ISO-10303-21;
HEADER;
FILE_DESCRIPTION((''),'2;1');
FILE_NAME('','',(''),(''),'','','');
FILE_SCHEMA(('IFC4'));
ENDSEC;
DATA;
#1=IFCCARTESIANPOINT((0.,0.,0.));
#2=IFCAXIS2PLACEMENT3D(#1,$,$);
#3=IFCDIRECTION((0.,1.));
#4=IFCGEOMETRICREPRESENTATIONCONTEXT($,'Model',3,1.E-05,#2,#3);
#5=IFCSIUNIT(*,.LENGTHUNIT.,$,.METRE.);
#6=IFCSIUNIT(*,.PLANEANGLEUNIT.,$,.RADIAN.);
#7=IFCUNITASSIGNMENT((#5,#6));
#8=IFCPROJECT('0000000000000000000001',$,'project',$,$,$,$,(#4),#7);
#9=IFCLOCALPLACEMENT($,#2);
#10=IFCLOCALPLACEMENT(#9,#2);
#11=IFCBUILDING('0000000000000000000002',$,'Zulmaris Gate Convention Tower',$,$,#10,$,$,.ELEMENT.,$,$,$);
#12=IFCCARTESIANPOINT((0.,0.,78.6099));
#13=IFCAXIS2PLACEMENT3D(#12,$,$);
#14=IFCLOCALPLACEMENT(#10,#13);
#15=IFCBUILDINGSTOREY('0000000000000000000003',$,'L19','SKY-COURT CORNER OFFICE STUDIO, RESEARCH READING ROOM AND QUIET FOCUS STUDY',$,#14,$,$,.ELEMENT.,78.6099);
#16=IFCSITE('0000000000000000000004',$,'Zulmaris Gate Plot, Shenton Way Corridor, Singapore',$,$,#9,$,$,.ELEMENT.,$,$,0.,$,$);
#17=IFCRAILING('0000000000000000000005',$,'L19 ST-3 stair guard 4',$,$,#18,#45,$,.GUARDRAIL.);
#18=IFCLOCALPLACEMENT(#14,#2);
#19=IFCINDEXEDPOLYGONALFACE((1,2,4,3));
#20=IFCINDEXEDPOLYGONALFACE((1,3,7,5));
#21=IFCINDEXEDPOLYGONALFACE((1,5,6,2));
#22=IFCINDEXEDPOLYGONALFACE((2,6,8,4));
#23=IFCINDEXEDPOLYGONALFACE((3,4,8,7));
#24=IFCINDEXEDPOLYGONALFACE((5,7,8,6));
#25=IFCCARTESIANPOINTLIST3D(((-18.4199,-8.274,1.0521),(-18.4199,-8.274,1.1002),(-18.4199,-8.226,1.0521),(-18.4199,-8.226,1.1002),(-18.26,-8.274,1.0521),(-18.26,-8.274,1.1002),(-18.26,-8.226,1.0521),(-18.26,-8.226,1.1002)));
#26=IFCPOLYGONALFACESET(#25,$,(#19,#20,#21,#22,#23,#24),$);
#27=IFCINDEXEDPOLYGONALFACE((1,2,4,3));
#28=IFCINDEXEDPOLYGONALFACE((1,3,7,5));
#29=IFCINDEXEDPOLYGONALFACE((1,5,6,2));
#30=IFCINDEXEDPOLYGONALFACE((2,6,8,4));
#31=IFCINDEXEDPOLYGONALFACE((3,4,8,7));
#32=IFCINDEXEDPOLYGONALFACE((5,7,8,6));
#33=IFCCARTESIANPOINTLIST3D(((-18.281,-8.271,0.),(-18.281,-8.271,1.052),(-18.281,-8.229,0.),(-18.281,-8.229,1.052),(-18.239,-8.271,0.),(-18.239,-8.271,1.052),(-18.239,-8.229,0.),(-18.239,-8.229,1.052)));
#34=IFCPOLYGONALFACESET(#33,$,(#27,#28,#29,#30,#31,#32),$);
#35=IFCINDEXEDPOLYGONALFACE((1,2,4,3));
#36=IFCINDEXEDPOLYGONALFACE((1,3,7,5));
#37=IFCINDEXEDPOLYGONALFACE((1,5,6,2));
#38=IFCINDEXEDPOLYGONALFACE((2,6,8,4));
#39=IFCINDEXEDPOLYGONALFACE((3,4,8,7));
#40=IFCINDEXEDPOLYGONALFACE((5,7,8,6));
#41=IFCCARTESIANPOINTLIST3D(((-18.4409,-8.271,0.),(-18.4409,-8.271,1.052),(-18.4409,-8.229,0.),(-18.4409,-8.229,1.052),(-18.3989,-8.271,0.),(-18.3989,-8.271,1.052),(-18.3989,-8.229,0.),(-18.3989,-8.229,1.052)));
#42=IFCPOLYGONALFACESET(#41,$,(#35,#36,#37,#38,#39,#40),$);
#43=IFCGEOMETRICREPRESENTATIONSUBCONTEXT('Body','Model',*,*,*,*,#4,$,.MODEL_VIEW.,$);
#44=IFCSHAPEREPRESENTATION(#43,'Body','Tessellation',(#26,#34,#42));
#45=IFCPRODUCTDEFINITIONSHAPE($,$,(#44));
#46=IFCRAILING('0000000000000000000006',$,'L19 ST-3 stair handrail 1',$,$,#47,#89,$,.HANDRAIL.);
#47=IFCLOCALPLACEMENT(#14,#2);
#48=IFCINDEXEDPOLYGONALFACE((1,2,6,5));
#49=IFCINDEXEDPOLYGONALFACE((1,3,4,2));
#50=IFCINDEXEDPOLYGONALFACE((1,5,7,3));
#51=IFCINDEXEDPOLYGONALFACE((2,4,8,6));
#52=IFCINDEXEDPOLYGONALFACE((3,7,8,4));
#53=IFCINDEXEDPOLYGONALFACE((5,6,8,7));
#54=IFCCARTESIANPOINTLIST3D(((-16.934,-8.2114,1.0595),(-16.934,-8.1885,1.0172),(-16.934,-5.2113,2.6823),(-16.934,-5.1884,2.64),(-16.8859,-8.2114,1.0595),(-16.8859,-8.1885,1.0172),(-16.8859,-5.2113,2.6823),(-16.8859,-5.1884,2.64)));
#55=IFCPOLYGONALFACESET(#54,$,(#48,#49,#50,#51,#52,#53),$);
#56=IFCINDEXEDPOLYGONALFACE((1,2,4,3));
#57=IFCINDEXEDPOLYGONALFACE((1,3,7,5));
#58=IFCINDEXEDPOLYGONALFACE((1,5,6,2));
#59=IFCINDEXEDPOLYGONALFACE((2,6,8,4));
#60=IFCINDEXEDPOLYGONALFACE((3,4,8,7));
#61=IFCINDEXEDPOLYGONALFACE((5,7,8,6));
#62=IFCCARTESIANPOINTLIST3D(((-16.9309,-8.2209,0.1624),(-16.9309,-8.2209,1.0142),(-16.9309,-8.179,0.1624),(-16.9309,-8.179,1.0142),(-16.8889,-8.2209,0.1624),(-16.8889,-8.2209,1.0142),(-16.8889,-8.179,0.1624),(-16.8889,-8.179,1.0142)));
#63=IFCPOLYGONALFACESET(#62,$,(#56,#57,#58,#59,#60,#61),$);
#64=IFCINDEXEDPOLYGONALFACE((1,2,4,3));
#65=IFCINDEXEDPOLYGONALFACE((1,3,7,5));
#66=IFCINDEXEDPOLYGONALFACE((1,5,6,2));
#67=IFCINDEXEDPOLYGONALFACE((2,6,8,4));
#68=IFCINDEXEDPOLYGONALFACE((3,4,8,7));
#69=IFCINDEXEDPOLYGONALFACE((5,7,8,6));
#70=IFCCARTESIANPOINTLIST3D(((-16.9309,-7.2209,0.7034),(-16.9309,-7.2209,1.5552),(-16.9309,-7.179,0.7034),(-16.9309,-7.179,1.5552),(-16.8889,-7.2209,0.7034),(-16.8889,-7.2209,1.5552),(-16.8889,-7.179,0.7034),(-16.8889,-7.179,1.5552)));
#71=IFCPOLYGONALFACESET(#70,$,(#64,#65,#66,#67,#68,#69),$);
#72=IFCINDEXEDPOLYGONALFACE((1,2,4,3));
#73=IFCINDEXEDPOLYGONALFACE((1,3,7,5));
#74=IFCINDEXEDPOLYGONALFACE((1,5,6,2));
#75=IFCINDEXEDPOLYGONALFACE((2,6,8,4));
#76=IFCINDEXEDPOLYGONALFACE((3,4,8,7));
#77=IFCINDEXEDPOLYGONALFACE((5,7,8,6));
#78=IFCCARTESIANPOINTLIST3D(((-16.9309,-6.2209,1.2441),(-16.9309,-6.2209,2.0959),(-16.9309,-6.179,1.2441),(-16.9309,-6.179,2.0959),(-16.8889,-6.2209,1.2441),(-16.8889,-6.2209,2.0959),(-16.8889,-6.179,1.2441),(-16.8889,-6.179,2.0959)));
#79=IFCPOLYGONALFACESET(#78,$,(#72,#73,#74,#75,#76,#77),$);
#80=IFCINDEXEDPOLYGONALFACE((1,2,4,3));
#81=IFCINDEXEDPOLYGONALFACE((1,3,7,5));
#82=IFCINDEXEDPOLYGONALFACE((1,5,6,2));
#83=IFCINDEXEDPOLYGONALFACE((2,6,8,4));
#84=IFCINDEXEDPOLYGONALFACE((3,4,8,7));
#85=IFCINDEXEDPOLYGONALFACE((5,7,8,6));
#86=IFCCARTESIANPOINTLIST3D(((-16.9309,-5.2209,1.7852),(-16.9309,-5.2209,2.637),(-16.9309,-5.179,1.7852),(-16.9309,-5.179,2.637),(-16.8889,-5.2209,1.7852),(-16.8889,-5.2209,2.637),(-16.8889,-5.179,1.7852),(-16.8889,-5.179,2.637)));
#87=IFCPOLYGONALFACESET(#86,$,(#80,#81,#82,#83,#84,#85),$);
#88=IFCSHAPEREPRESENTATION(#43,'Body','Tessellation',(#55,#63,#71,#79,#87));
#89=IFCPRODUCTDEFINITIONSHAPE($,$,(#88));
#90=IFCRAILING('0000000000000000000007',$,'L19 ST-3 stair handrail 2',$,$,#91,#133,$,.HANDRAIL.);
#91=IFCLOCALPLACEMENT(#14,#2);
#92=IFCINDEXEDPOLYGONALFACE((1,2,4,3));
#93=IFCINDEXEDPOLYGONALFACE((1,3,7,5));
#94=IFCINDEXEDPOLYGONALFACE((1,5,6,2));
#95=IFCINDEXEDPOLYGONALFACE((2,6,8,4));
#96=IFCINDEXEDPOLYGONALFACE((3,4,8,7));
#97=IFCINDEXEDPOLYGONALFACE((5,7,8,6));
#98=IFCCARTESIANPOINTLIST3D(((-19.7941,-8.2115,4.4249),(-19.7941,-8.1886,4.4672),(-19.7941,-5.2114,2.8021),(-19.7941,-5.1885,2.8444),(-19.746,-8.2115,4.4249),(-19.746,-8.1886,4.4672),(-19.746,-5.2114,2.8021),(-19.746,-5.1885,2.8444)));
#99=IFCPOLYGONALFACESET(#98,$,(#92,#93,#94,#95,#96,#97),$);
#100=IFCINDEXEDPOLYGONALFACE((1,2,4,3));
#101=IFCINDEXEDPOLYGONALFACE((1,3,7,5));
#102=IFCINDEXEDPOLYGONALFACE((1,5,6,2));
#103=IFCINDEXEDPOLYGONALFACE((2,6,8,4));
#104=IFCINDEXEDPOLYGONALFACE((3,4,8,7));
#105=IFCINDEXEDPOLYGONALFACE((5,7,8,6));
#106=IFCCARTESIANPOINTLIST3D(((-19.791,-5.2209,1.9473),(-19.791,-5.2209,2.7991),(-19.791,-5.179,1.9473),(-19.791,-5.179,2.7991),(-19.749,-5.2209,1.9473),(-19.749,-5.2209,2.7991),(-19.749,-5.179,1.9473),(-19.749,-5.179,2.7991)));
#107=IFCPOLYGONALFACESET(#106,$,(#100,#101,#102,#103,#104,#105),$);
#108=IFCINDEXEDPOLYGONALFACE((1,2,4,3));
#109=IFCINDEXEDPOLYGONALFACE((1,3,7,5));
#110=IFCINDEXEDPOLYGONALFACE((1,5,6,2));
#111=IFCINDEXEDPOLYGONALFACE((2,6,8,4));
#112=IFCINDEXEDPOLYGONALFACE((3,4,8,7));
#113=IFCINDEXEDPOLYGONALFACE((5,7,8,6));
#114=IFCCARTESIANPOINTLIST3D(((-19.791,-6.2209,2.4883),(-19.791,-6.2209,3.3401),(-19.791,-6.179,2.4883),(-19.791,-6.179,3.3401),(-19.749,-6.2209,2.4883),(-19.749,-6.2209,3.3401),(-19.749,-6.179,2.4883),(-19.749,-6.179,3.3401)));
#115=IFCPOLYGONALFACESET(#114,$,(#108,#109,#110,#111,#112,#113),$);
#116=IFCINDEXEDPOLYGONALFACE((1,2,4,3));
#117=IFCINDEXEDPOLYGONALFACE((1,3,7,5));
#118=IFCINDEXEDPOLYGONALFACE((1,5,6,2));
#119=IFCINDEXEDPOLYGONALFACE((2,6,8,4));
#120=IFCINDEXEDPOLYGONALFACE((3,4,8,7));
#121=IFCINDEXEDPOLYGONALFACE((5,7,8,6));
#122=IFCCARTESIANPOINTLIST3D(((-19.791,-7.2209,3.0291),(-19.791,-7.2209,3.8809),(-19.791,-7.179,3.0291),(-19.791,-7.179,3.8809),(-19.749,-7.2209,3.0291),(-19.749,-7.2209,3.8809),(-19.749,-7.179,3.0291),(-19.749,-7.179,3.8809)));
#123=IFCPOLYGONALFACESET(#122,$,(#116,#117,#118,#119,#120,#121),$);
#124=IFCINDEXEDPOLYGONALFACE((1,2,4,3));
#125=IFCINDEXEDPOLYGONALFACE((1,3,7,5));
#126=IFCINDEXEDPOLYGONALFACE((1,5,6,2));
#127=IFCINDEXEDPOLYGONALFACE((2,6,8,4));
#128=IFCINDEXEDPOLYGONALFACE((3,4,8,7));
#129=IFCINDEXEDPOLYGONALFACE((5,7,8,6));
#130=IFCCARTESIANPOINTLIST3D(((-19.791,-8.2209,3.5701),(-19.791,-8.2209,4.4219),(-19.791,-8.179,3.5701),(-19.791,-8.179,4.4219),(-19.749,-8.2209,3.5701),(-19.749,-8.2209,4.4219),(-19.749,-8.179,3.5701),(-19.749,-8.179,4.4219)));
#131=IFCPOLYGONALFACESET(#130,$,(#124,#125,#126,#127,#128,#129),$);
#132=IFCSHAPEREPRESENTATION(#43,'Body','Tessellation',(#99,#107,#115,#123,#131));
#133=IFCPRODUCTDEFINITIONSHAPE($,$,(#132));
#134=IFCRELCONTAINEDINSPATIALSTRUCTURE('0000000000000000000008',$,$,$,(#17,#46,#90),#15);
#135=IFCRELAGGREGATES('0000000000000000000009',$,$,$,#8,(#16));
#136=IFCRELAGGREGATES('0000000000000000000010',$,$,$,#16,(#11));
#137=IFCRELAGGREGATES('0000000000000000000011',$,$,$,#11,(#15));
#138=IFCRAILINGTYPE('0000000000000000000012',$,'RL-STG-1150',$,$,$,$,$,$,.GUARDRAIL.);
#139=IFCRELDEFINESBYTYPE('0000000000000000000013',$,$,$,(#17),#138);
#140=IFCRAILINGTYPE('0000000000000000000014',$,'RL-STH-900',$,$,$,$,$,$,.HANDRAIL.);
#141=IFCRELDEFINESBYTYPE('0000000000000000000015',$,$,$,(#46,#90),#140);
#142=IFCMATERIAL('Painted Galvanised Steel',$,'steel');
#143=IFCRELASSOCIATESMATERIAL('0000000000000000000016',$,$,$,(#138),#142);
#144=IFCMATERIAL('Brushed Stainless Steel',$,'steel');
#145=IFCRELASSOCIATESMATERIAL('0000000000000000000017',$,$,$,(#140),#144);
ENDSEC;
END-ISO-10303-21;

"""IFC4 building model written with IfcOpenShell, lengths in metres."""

from ifc_helpers import new_model, si_unit, direction, frame, origin, origin_2d, place, context, subcontext, project, spatial, rectangle, extrude, material, type_object, element, save


model = new_model("IFC4")

# Units and contexts
model_context = context("Model", 3, precision=1e-05, world=origin(), true_north=direction((0.0, 1.0)))
body_context = subcontext(model_context, "Body", "Model", "MODEL_VIEW")
ifc_project = project(units=[si_unit("LENGTHUNIT", "METRE"), si_unit("PLANEANGLEUNIT", "RADIAN")], contexts=[model_context])

# Site, building, storey
site_placement = place(None, origin())
site = spatial("IfcSite", under=ifc_project, at=site_placement, Name="Zulmaris Gate Plot, Shenton Way Corridor, Singapore", CompositionType="ELEMENT", RefElevation=0.0)
building_placement = place(site_placement, origin())
building = spatial("IfcBuilding", under=site, at=building_placement, Name="Zulmaris Gate Convention Tower", CompositionType="ELEMENT")
storey_placement = place(building_placement, frame((0.0, 0.0, 78.6099)))
storey = spatial("IfcBuildingStorey", under=building, at=storey_placement, Name="L19", Description="SKY-COURT CORNER OFFICE STUDIO, RESEARCH READING ROOM AND QUIET FOCUS STUDY", CompositionType="ELEMENT", Elevation=78.6099)

# Shared definitions
ifc_material_1 = material(Name="Brushed Stainless Steel", Category="steel")

# Railings
ifc_material_2 = material(Name="Painted Galvanised Steel", Category="steel")
railing_type_1 = type_object("IfcRailingType", Name="RL-STG-1150", PredefinedType="GUARDRAIL", material=ifc_material_2)
railing_1_placement = place(storey_placement, frame((-18.26, -8.25, 0.0)))
element("IfcRailing", 1, at=railing_1_placement, inside=storey, type_object=railing_type_1, Name="L19 ST-3 stair guard 4", PredefinedType="GUARDRAIL", context=body_context, shape_type="SweptSolid", body=[
    extrude(rectangle(XDim=0.0481, YDim=0.0481, at=origin_2d()), frame((0.0, 0.0, 1.0762), z_axis=(-1.0, 0.0, 0.0), x_axis=(0.0, -1.0, 0.0)), (0.0, 0.0, 1.0), 0.1599),
    extrude(rectangle(XDim=0.042, YDim=0.042, at=origin_2d()), origin(), (0.0, 0.0, 1.0), 1.052),
    extrude(rectangle(XDim=0.042, YDim=0.042, at=origin_2d()), frame((-0.1599, 0.0, 0.0)), (0.0, 0.0, 1.0), 1.052),
])
railing_type_2 = type_object("IfcRailingType", Name="RL-STH-900", PredefinedType="HANDRAIL", material=ifc_material_1)
railing_2_placement = place(storey_placement, frame((-16.9099, -8.2, 0.1624)))
element("IfcRailing", 2, at=railing_2_placement, inside=storey, type_object=railing_type_2, Name="L19 ST-3 stair handrail 1", PredefinedType="HANDRAIL", context=body_context, shape_type="SweptSolid", body=[
    extrude(rectangle(XDim=0.0481, YDim=0.0481, at=origin_2d()), frame((0.0, 0.0, 0.876), z_axis=(0.0, 0.879562, 0.475785), x_axis=(-1.0, 0.0, 0.0)), (0.0, 0.0, 1.0), 3.4109),
    extrude(rectangle(XDim=0.042, YDim=0.042, at=origin_2d()), origin(), (0.0, 0.0, 1.0), 0.8518),
    extrude(rectangle(XDim=0.042, YDim=0.042, at=origin_2d()), frame((0.0, 1.0, 0.541)), (0.0, 0.0, 1.0), 0.8518),
    extrude(rectangle(XDim=0.042, YDim=0.042, at=origin_2d()), frame((0.0, 2.0, 1.0818)), (0.0, 0.0, 1.0), 0.8518),
    extrude(rectangle(XDim=0.042, YDim=0.042, at=origin_2d()), frame((0.0, 3.0, 1.6228)), (0.0, 0.0, 1.0), 0.8518),
])
railing_3_placement = place(storey_placement, frame((-19.77, -5.2, 1.9473)))
element("IfcRailing", 3, at=railing_3_placement, inside=storey, type_object=railing_type_2, Name="L19 ST-3 stair handrail 2", PredefinedType="HANDRAIL", context=body_context, shape_type="SweptSolid", body=[
    extrude(rectangle(XDim=0.0481, YDim=0.0481, at=origin_2d()), frame((0.0, 0.0, 0.876), z_axis=(0.0, -0.879562, 0.475785), x_axis=(1.0, 0.0, 0.0)), (0.0, 0.0, 1.0), 3.4109),
    extrude(rectangle(XDim=0.042, YDim=0.042, at=origin_2d()), origin(), (0.0, 0.0, 1.0), 0.8518),
    extrude(rectangle(XDim=0.042, YDim=0.042, at=origin_2d()), frame((0.0, -1.0, 0.541)), (0.0, 0.0, 1.0), 0.8518),
    extrude(rectangle(XDim=0.042, YDim=0.042, at=origin_2d()), frame((0.0, -2.0, 1.0818)), (0.0, 0.0, 1.0), 0.8518),
    extrude(rectangle(XDim=0.042, YDim=0.042, at=origin_2d()), frame((0.0, -3.0, 1.6228)), (0.0, 0.0, 1.0), 0.8518),
])

save(model, "model.ifc")
